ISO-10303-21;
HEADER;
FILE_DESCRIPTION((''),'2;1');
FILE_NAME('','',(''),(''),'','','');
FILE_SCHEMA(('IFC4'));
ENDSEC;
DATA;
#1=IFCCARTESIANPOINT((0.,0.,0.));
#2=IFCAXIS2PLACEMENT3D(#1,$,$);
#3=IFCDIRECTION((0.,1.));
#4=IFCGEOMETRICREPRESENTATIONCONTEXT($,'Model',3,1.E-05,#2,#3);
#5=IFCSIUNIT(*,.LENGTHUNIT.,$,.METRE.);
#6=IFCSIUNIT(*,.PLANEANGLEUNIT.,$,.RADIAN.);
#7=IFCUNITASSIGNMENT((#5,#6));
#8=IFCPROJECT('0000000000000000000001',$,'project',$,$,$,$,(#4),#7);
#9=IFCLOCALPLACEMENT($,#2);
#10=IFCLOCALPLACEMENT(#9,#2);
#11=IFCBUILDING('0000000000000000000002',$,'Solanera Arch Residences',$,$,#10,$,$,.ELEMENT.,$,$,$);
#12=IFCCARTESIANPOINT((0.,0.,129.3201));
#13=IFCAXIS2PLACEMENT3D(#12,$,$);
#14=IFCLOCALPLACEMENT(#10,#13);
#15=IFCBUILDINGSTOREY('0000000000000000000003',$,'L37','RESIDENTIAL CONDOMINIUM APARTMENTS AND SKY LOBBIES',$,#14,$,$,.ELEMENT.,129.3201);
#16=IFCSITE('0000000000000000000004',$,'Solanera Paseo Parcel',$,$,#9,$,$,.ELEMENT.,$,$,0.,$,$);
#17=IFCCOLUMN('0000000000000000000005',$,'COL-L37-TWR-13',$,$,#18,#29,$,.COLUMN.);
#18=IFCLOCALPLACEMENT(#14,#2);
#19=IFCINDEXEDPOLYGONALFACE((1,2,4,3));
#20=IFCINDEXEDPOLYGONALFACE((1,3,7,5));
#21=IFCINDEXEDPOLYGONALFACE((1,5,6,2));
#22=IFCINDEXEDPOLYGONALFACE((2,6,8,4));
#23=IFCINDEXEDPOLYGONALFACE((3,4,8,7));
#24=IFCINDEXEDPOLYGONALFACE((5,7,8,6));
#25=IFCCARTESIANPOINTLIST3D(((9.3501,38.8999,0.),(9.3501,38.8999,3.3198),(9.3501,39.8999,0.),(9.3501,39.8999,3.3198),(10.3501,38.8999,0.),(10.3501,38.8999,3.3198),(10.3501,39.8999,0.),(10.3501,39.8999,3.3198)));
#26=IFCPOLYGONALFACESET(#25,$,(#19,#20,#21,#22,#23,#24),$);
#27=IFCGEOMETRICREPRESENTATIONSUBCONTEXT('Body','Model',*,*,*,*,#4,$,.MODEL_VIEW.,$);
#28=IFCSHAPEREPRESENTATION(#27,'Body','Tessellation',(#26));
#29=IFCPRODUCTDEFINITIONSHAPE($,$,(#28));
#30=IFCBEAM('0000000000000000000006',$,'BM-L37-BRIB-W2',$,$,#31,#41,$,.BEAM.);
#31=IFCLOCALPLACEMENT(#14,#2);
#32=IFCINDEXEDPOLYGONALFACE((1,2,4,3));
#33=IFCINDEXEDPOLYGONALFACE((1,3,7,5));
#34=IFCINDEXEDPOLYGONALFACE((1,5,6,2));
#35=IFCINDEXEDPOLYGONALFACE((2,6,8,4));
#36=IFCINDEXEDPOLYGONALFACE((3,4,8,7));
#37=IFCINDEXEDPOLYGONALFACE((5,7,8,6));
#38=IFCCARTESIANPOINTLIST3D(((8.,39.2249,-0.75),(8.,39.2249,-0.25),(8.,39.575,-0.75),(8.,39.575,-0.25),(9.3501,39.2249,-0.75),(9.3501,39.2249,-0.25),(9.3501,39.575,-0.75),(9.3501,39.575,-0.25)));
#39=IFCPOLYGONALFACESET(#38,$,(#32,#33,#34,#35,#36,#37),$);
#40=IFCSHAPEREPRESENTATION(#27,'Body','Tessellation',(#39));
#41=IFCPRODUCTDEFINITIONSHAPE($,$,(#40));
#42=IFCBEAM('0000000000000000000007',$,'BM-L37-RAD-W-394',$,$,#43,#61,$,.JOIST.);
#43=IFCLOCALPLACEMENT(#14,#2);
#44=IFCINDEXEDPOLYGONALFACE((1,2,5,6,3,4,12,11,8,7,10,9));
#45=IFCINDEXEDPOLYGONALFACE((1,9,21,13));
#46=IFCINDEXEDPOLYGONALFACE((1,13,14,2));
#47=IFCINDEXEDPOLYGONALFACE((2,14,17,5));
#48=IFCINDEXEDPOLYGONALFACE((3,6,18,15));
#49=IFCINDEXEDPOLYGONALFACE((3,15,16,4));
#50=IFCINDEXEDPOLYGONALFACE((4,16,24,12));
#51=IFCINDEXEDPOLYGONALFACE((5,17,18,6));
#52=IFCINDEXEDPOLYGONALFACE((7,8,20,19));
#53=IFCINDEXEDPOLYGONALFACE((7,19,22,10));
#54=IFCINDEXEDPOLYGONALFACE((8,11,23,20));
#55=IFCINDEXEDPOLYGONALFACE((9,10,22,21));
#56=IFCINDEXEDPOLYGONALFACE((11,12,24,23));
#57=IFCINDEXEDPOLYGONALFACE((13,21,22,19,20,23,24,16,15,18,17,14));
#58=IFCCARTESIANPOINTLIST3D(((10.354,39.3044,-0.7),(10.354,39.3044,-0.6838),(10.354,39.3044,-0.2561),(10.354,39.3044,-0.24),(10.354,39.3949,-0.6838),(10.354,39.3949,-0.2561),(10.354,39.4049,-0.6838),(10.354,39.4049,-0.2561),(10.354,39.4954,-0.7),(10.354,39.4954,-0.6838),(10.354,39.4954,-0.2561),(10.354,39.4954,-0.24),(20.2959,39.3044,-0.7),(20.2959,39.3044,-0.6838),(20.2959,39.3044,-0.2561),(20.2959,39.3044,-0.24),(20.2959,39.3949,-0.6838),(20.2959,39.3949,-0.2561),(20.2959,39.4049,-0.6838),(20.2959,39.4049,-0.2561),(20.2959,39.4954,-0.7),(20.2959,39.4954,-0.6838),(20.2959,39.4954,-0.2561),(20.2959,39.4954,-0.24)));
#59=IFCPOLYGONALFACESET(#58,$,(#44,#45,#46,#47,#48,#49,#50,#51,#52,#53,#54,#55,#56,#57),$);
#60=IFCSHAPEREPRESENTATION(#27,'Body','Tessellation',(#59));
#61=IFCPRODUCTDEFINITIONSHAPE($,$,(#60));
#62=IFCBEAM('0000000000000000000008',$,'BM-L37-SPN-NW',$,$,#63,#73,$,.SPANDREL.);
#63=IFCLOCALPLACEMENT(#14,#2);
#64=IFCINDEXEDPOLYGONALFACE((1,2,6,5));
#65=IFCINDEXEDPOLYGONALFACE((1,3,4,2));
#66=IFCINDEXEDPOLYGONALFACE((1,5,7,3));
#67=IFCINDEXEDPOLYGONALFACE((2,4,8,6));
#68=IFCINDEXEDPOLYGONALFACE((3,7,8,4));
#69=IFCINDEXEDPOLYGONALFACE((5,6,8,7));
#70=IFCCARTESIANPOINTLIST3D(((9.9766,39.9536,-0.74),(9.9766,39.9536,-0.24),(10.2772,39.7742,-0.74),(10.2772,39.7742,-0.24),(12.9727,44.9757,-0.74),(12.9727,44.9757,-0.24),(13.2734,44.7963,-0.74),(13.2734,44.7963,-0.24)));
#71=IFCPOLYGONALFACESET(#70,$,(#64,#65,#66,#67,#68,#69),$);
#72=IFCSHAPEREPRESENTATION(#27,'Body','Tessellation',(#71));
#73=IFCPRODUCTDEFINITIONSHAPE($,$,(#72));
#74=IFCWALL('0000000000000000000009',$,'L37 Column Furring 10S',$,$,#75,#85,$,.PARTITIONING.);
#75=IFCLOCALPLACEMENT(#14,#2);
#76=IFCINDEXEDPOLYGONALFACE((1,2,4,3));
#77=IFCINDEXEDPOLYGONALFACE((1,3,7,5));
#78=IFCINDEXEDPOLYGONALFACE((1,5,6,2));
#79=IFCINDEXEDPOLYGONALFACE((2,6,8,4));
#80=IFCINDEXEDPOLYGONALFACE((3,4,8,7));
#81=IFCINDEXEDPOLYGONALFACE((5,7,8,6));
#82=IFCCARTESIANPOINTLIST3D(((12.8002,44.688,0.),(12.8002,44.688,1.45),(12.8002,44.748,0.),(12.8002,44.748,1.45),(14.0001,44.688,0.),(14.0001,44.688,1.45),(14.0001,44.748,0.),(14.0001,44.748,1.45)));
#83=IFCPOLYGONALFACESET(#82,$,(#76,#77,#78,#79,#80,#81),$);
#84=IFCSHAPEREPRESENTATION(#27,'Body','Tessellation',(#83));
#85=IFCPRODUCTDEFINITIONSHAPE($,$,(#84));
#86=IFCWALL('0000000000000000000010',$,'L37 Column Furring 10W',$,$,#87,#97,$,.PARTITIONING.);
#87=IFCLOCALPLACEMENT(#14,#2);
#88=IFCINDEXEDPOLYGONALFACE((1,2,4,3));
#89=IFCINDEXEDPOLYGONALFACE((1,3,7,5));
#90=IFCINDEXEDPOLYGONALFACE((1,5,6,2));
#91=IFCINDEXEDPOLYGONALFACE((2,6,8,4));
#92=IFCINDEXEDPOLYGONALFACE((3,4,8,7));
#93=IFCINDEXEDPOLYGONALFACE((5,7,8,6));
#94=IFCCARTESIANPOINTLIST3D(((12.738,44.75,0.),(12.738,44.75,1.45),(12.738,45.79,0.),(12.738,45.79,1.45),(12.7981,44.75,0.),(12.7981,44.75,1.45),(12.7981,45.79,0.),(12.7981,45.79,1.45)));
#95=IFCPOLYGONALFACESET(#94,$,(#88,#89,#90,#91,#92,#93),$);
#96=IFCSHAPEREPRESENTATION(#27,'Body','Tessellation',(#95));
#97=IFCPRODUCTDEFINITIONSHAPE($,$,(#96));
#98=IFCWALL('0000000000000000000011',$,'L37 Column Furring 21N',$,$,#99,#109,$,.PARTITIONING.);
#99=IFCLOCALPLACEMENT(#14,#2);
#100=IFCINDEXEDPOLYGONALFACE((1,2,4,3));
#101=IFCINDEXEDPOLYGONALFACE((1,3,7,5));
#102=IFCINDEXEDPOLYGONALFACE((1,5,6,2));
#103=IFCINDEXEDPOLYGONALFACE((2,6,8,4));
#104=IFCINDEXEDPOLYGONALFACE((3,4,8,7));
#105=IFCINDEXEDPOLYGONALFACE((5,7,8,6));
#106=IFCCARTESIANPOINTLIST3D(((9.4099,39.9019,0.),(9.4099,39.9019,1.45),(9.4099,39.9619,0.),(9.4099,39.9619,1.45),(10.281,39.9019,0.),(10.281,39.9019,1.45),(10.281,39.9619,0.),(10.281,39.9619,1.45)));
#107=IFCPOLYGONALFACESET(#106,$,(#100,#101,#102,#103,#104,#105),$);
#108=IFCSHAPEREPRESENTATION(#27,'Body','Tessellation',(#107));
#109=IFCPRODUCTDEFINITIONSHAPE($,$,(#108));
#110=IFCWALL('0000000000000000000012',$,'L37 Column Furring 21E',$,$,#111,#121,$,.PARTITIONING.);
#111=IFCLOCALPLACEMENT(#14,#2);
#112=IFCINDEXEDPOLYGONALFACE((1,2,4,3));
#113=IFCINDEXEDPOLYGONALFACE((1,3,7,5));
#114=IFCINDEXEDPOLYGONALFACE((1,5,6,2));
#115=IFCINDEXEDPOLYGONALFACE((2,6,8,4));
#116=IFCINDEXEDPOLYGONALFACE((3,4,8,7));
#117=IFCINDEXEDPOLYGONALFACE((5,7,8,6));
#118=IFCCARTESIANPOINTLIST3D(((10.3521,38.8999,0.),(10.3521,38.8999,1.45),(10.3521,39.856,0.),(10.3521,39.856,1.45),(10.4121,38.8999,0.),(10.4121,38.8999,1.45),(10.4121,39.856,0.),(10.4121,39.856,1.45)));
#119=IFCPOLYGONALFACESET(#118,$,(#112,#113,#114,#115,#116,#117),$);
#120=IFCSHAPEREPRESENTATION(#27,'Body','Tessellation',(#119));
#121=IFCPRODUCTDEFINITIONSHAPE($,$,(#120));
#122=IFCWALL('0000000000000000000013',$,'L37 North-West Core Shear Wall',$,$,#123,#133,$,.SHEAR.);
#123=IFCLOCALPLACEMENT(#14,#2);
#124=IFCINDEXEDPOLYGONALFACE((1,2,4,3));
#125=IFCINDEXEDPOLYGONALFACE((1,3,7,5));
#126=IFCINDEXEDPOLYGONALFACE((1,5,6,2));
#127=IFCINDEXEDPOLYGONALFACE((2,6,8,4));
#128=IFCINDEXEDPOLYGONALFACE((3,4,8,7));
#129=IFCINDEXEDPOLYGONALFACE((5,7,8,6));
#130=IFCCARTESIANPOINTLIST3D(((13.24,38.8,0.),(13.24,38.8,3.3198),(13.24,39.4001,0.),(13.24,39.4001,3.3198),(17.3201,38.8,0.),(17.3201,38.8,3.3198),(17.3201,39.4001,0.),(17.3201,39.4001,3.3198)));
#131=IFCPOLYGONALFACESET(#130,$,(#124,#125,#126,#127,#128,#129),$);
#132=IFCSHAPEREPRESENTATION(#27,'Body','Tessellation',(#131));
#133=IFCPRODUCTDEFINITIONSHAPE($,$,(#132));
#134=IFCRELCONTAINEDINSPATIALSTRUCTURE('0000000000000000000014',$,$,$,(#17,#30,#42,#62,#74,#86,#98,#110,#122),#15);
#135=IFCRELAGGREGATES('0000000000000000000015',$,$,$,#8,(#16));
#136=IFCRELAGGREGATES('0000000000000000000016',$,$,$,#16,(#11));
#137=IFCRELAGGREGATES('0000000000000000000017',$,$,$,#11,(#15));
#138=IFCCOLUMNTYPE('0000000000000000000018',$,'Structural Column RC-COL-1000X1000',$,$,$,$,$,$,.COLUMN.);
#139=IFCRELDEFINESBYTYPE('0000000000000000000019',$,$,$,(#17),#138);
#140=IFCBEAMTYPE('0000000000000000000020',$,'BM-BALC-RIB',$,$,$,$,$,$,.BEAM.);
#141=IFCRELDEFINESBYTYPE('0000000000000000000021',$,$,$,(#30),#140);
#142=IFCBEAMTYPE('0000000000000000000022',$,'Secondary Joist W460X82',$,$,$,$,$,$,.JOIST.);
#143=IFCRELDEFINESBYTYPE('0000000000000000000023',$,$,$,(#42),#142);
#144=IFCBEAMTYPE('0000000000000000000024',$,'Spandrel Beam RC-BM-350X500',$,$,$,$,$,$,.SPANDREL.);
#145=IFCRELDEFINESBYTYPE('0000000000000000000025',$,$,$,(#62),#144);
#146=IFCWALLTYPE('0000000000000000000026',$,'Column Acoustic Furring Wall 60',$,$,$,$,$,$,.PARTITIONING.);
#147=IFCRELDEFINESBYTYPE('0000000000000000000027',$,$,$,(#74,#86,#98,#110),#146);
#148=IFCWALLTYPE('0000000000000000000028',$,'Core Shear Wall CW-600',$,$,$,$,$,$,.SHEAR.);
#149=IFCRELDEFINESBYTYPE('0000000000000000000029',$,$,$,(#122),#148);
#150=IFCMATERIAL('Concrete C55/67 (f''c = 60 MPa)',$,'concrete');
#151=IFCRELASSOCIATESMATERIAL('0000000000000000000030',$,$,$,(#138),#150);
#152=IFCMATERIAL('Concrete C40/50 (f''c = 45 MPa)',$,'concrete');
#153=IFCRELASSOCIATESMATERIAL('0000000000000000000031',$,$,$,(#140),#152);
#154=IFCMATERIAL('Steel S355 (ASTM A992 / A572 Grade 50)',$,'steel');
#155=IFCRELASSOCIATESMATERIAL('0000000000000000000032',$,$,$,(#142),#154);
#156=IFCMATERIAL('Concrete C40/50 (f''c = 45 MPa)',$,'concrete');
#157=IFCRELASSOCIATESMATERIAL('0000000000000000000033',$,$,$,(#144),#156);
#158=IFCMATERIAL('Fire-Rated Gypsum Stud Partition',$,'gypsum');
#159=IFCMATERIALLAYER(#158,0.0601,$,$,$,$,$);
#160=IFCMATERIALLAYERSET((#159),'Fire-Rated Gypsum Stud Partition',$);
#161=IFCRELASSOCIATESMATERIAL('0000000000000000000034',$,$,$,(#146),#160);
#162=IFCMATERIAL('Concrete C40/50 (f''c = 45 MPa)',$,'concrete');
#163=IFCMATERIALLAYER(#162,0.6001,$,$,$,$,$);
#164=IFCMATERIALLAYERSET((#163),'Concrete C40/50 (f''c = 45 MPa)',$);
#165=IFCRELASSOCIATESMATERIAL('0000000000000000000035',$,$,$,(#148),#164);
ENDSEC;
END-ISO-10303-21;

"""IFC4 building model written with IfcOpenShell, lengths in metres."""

from ifc_helpers import new_model, si_unit, direction, frame, frame_2d, origin, origin_2d, place, context, subcontext, project, spatial, rectangle, i_section, extrude, material, layer, layer_set, material_profile, profile_set, type_object, element, save


model = new_model("IFC4")

# Units and contexts
model_context = context("Model", 3, precision=1e-05, world=origin(), true_north=direction((0.0, 1.0)))
body_context = subcontext(model_context, "Body", "Model", "MODEL_VIEW")
ifc_project = project(units=[si_unit("LENGTHUNIT", "METRE"), si_unit("PLANEANGLEUNIT", "RADIAN")], contexts=[model_context])

# Site, building, storey
site_placement = place(None, origin())
site = spatial("IfcSite", under=ifc_project, at=site_placement, Name="Solanera Paseo Parcel", CompositionType="ELEMENT", RefElevation=0.0)
building_placement = place(site_placement, origin())
building = spatial("IfcBuilding", under=site, at=building_placement, Name="Solanera Arch Residences", CompositionType="ELEMENT")
storey_placement = place(building_placement, frame((0.0, 0.0, 129.3201)))
storey = spatial("IfcBuildingStorey", under=building, at=storey_placement, Name="L37", Description="RESIDENTIAL CONDOMINIUM APARTMENTS AND SKY LOBBIES", CompositionType="ELEMENT", Elevation=129.3201)

# Column
ifc_material_1 = material(Name="Concrete C55/67 (f'c = 60 MPa)", Category="concrete")
ifc_material_profile_1 = material_profile(ifc_material_1, rectangle(XDim=1.0, YDim=1.0, at=origin_2d()))
ifc_profile_set_1 = profile_set([ifc_material_profile_1], Name="Concrete C55/67 (f'c = 60 MPa)")
column_type = type_object("IfcColumnType", Name="Structural Column RC-COL-1000X1000", PredefinedType="COLUMN", material=ifc_profile_set_1)
column_placement = place(storey_placement, frame((9.8501, 39.3999, 0.0), z_axis=(0.0, 0.0, 1.0), x_axis=(1.0, 0.0, 0.0)))
element("IfcColumn", 1, at=column_placement, inside=storey, type_object=column_type, Name="COL-L37-TWR-13", PredefinedType="COLUMN", context=body_context, shape_type="SweptSolid", body=[
    extrude(rectangle(XDim=1.0, YDim=1.0, at=origin_2d()), origin(), (0.0, 0.0, 1.0), 3.3198),
])

# Beams
ifc_material_2 = material(Name="Concrete C40/50 (f'c = 45 MPa)", Category="concrete")
ifc_material_profile_2 = material_profile(ifc_material_2, rectangle(XDim=0.3501, YDim=0.5, at=origin_2d()))
ifc_profile_set_2 = profile_set([ifc_material_profile_2], Name="Concrete C40/50 (f'c = 45 MPa)")
beam_type_1 = type_object("IfcBeamType", Name="BM-BALC-RIB", PredefinedType="BEAM", material=ifc_profile_set_2)
beam_1_placement = place(storey_placement, frame((8.0, 39.3999, -0.5), z_axis=(1.0, 0.0, 0.0), x_axis=(0.0, 1.0, 0.0)))
element("IfcBeam", 2, at=beam_1_placement, inside=storey, type_object=beam_type_1, Name="BM-L37-BRIB-W2", PredefinedType="BEAM", context=body_context, shape_type="SweptSolid", body=[
    extrude(rectangle(XDim=0.3501, YDim=0.5, at=origin_2d()), origin(), (0.0, 0.0, 1.0), 1.3501),
])
ifc_material_3 = material(Name="Steel S355 (ASTM A992 / A572 Grade 50)", Category="steel")
ifc_material_profile_3 = material_profile(ifc_material_3, i_section(OverallWidth=0.1909, OverallDepth=0.46, WebThickness=0.01, FlangeThickness=0.0161, at=origin_2d()))
ifc_profile_set_3 = profile_set([ifc_material_profile_3], Name="Steel S355 (ASTM A992 / A572 Grade 50)")
beam_type_2 = type_object("IfcBeamType", Name="Secondary Joist W460X82", PredefinedType="JOIST", material=ifc_profile_set_3)
beam_2_placement = place(storey_placement, frame((10.354, 39.3999, -0.47), z_axis=(1.0, 0.0, 0.0), x_axis=(0.0, 1.0, 0.0)))
element("IfcBeam", 3, at=beam_2_placement, inside=storey, type_object=beam_type_2, Name="BM-L37-RAD-W-394", PredefinedType="JOIST", context=body_context, shape_type="SweptSolid", body=[
    extrude(i_section(OverallWidth=0.1909, OverallDepth=0.46, WebThickness=0.01, FlangeThickness=0.0161, at=origin_2d()), origin(), (0.0, 0.0, 1.0), 9.9419),
])
ifc_material_4 = material(Name="Concrete C40/50 (f'c = 45 MPa)", Category="concrete")
ifc_material_profile_4 = material_profile(ifc_material_4, rectangle(XDim=0.3501, YDim=0.5, at=origin_2d()))
ifc_profile_set_4 = profile_set([ifc_material_profile_4], Name="Concrete C40/50 (f'c = 45 MPa)")
beam_type_3 = type_object("IfcBeamType", Name="Spandrel Beam RC-BM-350X500", PredefinedType="SPANDREL", material=ifc_profile_set_4)
beam_3_placement = place(storey_placement, frame((13.123, 44.886, -0.49), z_axis=(-0.512345, -0.85878, 0.0), x_axis=(0.85878, -0.512345, 0.0)))
element("IfcBeam", 4, at=beam_3_placement, inside=storey, type_object=beam_type_3, Name="BM-L37-SPN-NW", PredefinedType="SPANDREL", context=body_context, shape_type="SweptSolid", body=[
    extrude(rectangle(XDim=0.3501, YDim=0.5, at=origin_2d()), origin(), (0.0, 0.0, 1.0), 5.8479),
])

# Walls
ifc_material_5 = material(Name="Fire-Rated Gypsum Stud Partition", Category="gypsum")
ifc_layer_1 = layer(ifc_material_5, 0.0601)
ifc_layer_set_1 = layer_set([ifc_layer_1], Name="Fire-Rated Gypsum Stud Partition")
wall_type_1 = type_object("IfcWallType", Name="Column Acoustic Furring Wall 60", PredefinedType="PARTITIONING", material=ifc_layer_set_1)
wall_1_placement = place(storey_placement, frame((12.8, 44.718, 0.0), z_axis=(0.0, 0.0, 1.0), x_axis=(1.0, 0.0, 0.0)))
element("IfcWall", 5, at=wall_1_placement, inside=storey, type_object=wall_type_1, Name="L37 Column Furring 10S", PredefinedType="PARTITIONING", context=body_context, shape_type="SweptSolid", body=[
    extrude(rectangle(XDim=1.2, YDim=0.0601, at=frame_2d((0.6001, 0.0))), origin(), (0.0, 0.0, 1.0), 1.45),
])
wall_2_placement = place(storey_placement, frame((12.7681, 44.75, 0.0), z_axis=(0.0, 0.0, 1.0), x_axis=(0.0, 1.0, 0.0)))
element("IfcWall", 6, at=wall_2_placement, inside=storey, type_object=wall_type_1, Name="L37 Column Furring 10W", PredefinedType="PARTITIONING", context=body_context, shape_type="SweptSolid", body=[
    extrude(rectangle(XDim=1.04, YDim=0.0601, at=frame_2d((0.52, 0.0))), origin(), (0.0, 0.0, 1.0), 1.45),
])
wall_3_placement = place(storey_placement, frame((9.4099, 39.9319, 0.0), z_axis=(0.0, 0.0, 1.0), x_axis=(1.0, 0.0, 0.0)))
element("IfcWall", 7, at=wall_3_placement, inside=storey, type_object=wall_type_1, Name="L37 Column Furring 21N", PredefinedType="PARTITIONING", context=body_context, shape_type="SweptSolid", body=[
    extrude(rectangle(XDim=0.8711, YDim=0.0601, at=frame_2d((0.4355, 0.0))), origin(), (0.0, 0.0, 1.0), 1.45),
])
wall_4_placement = place(storey_placement, frame((10.3821, 38.8999, 0.0), z_axis=(0.0, 0.0, 1.0), x_axis=(0.0, 1.0, 0.0)))
element("IfcWall", 8, at=wall_4_placement, inside=storey, type_object=wall_type_1, Name="L37 Column Furring 21E", PredefinedType="PARTITIONING", context=body_context, shape_type="SweptSolid", body=[
    extrude(rectangle(XDim=0.9561, YDim=0.0601, at=frame_2d((0.478, 0.0))), origin(), (0.0, 0.0, 1.0), 1.45),
])
ifc_material_6 = material(Name="Concrete C40/50 (f'c = 45 MPa)", Category="concrete")
ifc_layer_2 = layer(ifc_material_6, 0.6001)
ifc_layer_set_2 = layer_set([ifc_layer_2], Name="Concrete C40/50 (f'c = 45 MPa)")
wall_type_2 = type_object("IfcWallType", Name="Core Shear Wall CW-600", PredefinedType="SHEAR", material=ifc_layer_set_2)
wall_5_placement = place(storey_placement, frame((13.24, 39.1001, 0.0), z_axis=(0.0, 0.0, 1.0), x_axis=(1.0, 0.0, 0.0)))
element("IfcWall", 9, at=wall_5_placement, inside=storey, type_object=wall_type_2, Name="L37 North-West Core Shear Wall", PredefinedType="SHEAR", context=body_context, shape_type="SweptSolid", body=[
    extrude(rectangle(XDim=4.0801, YDim=0.6001, at=frame_2d((2.04, 0.0))), origin(), (0.0, 0.0, 1.0), 3.3198),
])

save(model, "model.ifc")
